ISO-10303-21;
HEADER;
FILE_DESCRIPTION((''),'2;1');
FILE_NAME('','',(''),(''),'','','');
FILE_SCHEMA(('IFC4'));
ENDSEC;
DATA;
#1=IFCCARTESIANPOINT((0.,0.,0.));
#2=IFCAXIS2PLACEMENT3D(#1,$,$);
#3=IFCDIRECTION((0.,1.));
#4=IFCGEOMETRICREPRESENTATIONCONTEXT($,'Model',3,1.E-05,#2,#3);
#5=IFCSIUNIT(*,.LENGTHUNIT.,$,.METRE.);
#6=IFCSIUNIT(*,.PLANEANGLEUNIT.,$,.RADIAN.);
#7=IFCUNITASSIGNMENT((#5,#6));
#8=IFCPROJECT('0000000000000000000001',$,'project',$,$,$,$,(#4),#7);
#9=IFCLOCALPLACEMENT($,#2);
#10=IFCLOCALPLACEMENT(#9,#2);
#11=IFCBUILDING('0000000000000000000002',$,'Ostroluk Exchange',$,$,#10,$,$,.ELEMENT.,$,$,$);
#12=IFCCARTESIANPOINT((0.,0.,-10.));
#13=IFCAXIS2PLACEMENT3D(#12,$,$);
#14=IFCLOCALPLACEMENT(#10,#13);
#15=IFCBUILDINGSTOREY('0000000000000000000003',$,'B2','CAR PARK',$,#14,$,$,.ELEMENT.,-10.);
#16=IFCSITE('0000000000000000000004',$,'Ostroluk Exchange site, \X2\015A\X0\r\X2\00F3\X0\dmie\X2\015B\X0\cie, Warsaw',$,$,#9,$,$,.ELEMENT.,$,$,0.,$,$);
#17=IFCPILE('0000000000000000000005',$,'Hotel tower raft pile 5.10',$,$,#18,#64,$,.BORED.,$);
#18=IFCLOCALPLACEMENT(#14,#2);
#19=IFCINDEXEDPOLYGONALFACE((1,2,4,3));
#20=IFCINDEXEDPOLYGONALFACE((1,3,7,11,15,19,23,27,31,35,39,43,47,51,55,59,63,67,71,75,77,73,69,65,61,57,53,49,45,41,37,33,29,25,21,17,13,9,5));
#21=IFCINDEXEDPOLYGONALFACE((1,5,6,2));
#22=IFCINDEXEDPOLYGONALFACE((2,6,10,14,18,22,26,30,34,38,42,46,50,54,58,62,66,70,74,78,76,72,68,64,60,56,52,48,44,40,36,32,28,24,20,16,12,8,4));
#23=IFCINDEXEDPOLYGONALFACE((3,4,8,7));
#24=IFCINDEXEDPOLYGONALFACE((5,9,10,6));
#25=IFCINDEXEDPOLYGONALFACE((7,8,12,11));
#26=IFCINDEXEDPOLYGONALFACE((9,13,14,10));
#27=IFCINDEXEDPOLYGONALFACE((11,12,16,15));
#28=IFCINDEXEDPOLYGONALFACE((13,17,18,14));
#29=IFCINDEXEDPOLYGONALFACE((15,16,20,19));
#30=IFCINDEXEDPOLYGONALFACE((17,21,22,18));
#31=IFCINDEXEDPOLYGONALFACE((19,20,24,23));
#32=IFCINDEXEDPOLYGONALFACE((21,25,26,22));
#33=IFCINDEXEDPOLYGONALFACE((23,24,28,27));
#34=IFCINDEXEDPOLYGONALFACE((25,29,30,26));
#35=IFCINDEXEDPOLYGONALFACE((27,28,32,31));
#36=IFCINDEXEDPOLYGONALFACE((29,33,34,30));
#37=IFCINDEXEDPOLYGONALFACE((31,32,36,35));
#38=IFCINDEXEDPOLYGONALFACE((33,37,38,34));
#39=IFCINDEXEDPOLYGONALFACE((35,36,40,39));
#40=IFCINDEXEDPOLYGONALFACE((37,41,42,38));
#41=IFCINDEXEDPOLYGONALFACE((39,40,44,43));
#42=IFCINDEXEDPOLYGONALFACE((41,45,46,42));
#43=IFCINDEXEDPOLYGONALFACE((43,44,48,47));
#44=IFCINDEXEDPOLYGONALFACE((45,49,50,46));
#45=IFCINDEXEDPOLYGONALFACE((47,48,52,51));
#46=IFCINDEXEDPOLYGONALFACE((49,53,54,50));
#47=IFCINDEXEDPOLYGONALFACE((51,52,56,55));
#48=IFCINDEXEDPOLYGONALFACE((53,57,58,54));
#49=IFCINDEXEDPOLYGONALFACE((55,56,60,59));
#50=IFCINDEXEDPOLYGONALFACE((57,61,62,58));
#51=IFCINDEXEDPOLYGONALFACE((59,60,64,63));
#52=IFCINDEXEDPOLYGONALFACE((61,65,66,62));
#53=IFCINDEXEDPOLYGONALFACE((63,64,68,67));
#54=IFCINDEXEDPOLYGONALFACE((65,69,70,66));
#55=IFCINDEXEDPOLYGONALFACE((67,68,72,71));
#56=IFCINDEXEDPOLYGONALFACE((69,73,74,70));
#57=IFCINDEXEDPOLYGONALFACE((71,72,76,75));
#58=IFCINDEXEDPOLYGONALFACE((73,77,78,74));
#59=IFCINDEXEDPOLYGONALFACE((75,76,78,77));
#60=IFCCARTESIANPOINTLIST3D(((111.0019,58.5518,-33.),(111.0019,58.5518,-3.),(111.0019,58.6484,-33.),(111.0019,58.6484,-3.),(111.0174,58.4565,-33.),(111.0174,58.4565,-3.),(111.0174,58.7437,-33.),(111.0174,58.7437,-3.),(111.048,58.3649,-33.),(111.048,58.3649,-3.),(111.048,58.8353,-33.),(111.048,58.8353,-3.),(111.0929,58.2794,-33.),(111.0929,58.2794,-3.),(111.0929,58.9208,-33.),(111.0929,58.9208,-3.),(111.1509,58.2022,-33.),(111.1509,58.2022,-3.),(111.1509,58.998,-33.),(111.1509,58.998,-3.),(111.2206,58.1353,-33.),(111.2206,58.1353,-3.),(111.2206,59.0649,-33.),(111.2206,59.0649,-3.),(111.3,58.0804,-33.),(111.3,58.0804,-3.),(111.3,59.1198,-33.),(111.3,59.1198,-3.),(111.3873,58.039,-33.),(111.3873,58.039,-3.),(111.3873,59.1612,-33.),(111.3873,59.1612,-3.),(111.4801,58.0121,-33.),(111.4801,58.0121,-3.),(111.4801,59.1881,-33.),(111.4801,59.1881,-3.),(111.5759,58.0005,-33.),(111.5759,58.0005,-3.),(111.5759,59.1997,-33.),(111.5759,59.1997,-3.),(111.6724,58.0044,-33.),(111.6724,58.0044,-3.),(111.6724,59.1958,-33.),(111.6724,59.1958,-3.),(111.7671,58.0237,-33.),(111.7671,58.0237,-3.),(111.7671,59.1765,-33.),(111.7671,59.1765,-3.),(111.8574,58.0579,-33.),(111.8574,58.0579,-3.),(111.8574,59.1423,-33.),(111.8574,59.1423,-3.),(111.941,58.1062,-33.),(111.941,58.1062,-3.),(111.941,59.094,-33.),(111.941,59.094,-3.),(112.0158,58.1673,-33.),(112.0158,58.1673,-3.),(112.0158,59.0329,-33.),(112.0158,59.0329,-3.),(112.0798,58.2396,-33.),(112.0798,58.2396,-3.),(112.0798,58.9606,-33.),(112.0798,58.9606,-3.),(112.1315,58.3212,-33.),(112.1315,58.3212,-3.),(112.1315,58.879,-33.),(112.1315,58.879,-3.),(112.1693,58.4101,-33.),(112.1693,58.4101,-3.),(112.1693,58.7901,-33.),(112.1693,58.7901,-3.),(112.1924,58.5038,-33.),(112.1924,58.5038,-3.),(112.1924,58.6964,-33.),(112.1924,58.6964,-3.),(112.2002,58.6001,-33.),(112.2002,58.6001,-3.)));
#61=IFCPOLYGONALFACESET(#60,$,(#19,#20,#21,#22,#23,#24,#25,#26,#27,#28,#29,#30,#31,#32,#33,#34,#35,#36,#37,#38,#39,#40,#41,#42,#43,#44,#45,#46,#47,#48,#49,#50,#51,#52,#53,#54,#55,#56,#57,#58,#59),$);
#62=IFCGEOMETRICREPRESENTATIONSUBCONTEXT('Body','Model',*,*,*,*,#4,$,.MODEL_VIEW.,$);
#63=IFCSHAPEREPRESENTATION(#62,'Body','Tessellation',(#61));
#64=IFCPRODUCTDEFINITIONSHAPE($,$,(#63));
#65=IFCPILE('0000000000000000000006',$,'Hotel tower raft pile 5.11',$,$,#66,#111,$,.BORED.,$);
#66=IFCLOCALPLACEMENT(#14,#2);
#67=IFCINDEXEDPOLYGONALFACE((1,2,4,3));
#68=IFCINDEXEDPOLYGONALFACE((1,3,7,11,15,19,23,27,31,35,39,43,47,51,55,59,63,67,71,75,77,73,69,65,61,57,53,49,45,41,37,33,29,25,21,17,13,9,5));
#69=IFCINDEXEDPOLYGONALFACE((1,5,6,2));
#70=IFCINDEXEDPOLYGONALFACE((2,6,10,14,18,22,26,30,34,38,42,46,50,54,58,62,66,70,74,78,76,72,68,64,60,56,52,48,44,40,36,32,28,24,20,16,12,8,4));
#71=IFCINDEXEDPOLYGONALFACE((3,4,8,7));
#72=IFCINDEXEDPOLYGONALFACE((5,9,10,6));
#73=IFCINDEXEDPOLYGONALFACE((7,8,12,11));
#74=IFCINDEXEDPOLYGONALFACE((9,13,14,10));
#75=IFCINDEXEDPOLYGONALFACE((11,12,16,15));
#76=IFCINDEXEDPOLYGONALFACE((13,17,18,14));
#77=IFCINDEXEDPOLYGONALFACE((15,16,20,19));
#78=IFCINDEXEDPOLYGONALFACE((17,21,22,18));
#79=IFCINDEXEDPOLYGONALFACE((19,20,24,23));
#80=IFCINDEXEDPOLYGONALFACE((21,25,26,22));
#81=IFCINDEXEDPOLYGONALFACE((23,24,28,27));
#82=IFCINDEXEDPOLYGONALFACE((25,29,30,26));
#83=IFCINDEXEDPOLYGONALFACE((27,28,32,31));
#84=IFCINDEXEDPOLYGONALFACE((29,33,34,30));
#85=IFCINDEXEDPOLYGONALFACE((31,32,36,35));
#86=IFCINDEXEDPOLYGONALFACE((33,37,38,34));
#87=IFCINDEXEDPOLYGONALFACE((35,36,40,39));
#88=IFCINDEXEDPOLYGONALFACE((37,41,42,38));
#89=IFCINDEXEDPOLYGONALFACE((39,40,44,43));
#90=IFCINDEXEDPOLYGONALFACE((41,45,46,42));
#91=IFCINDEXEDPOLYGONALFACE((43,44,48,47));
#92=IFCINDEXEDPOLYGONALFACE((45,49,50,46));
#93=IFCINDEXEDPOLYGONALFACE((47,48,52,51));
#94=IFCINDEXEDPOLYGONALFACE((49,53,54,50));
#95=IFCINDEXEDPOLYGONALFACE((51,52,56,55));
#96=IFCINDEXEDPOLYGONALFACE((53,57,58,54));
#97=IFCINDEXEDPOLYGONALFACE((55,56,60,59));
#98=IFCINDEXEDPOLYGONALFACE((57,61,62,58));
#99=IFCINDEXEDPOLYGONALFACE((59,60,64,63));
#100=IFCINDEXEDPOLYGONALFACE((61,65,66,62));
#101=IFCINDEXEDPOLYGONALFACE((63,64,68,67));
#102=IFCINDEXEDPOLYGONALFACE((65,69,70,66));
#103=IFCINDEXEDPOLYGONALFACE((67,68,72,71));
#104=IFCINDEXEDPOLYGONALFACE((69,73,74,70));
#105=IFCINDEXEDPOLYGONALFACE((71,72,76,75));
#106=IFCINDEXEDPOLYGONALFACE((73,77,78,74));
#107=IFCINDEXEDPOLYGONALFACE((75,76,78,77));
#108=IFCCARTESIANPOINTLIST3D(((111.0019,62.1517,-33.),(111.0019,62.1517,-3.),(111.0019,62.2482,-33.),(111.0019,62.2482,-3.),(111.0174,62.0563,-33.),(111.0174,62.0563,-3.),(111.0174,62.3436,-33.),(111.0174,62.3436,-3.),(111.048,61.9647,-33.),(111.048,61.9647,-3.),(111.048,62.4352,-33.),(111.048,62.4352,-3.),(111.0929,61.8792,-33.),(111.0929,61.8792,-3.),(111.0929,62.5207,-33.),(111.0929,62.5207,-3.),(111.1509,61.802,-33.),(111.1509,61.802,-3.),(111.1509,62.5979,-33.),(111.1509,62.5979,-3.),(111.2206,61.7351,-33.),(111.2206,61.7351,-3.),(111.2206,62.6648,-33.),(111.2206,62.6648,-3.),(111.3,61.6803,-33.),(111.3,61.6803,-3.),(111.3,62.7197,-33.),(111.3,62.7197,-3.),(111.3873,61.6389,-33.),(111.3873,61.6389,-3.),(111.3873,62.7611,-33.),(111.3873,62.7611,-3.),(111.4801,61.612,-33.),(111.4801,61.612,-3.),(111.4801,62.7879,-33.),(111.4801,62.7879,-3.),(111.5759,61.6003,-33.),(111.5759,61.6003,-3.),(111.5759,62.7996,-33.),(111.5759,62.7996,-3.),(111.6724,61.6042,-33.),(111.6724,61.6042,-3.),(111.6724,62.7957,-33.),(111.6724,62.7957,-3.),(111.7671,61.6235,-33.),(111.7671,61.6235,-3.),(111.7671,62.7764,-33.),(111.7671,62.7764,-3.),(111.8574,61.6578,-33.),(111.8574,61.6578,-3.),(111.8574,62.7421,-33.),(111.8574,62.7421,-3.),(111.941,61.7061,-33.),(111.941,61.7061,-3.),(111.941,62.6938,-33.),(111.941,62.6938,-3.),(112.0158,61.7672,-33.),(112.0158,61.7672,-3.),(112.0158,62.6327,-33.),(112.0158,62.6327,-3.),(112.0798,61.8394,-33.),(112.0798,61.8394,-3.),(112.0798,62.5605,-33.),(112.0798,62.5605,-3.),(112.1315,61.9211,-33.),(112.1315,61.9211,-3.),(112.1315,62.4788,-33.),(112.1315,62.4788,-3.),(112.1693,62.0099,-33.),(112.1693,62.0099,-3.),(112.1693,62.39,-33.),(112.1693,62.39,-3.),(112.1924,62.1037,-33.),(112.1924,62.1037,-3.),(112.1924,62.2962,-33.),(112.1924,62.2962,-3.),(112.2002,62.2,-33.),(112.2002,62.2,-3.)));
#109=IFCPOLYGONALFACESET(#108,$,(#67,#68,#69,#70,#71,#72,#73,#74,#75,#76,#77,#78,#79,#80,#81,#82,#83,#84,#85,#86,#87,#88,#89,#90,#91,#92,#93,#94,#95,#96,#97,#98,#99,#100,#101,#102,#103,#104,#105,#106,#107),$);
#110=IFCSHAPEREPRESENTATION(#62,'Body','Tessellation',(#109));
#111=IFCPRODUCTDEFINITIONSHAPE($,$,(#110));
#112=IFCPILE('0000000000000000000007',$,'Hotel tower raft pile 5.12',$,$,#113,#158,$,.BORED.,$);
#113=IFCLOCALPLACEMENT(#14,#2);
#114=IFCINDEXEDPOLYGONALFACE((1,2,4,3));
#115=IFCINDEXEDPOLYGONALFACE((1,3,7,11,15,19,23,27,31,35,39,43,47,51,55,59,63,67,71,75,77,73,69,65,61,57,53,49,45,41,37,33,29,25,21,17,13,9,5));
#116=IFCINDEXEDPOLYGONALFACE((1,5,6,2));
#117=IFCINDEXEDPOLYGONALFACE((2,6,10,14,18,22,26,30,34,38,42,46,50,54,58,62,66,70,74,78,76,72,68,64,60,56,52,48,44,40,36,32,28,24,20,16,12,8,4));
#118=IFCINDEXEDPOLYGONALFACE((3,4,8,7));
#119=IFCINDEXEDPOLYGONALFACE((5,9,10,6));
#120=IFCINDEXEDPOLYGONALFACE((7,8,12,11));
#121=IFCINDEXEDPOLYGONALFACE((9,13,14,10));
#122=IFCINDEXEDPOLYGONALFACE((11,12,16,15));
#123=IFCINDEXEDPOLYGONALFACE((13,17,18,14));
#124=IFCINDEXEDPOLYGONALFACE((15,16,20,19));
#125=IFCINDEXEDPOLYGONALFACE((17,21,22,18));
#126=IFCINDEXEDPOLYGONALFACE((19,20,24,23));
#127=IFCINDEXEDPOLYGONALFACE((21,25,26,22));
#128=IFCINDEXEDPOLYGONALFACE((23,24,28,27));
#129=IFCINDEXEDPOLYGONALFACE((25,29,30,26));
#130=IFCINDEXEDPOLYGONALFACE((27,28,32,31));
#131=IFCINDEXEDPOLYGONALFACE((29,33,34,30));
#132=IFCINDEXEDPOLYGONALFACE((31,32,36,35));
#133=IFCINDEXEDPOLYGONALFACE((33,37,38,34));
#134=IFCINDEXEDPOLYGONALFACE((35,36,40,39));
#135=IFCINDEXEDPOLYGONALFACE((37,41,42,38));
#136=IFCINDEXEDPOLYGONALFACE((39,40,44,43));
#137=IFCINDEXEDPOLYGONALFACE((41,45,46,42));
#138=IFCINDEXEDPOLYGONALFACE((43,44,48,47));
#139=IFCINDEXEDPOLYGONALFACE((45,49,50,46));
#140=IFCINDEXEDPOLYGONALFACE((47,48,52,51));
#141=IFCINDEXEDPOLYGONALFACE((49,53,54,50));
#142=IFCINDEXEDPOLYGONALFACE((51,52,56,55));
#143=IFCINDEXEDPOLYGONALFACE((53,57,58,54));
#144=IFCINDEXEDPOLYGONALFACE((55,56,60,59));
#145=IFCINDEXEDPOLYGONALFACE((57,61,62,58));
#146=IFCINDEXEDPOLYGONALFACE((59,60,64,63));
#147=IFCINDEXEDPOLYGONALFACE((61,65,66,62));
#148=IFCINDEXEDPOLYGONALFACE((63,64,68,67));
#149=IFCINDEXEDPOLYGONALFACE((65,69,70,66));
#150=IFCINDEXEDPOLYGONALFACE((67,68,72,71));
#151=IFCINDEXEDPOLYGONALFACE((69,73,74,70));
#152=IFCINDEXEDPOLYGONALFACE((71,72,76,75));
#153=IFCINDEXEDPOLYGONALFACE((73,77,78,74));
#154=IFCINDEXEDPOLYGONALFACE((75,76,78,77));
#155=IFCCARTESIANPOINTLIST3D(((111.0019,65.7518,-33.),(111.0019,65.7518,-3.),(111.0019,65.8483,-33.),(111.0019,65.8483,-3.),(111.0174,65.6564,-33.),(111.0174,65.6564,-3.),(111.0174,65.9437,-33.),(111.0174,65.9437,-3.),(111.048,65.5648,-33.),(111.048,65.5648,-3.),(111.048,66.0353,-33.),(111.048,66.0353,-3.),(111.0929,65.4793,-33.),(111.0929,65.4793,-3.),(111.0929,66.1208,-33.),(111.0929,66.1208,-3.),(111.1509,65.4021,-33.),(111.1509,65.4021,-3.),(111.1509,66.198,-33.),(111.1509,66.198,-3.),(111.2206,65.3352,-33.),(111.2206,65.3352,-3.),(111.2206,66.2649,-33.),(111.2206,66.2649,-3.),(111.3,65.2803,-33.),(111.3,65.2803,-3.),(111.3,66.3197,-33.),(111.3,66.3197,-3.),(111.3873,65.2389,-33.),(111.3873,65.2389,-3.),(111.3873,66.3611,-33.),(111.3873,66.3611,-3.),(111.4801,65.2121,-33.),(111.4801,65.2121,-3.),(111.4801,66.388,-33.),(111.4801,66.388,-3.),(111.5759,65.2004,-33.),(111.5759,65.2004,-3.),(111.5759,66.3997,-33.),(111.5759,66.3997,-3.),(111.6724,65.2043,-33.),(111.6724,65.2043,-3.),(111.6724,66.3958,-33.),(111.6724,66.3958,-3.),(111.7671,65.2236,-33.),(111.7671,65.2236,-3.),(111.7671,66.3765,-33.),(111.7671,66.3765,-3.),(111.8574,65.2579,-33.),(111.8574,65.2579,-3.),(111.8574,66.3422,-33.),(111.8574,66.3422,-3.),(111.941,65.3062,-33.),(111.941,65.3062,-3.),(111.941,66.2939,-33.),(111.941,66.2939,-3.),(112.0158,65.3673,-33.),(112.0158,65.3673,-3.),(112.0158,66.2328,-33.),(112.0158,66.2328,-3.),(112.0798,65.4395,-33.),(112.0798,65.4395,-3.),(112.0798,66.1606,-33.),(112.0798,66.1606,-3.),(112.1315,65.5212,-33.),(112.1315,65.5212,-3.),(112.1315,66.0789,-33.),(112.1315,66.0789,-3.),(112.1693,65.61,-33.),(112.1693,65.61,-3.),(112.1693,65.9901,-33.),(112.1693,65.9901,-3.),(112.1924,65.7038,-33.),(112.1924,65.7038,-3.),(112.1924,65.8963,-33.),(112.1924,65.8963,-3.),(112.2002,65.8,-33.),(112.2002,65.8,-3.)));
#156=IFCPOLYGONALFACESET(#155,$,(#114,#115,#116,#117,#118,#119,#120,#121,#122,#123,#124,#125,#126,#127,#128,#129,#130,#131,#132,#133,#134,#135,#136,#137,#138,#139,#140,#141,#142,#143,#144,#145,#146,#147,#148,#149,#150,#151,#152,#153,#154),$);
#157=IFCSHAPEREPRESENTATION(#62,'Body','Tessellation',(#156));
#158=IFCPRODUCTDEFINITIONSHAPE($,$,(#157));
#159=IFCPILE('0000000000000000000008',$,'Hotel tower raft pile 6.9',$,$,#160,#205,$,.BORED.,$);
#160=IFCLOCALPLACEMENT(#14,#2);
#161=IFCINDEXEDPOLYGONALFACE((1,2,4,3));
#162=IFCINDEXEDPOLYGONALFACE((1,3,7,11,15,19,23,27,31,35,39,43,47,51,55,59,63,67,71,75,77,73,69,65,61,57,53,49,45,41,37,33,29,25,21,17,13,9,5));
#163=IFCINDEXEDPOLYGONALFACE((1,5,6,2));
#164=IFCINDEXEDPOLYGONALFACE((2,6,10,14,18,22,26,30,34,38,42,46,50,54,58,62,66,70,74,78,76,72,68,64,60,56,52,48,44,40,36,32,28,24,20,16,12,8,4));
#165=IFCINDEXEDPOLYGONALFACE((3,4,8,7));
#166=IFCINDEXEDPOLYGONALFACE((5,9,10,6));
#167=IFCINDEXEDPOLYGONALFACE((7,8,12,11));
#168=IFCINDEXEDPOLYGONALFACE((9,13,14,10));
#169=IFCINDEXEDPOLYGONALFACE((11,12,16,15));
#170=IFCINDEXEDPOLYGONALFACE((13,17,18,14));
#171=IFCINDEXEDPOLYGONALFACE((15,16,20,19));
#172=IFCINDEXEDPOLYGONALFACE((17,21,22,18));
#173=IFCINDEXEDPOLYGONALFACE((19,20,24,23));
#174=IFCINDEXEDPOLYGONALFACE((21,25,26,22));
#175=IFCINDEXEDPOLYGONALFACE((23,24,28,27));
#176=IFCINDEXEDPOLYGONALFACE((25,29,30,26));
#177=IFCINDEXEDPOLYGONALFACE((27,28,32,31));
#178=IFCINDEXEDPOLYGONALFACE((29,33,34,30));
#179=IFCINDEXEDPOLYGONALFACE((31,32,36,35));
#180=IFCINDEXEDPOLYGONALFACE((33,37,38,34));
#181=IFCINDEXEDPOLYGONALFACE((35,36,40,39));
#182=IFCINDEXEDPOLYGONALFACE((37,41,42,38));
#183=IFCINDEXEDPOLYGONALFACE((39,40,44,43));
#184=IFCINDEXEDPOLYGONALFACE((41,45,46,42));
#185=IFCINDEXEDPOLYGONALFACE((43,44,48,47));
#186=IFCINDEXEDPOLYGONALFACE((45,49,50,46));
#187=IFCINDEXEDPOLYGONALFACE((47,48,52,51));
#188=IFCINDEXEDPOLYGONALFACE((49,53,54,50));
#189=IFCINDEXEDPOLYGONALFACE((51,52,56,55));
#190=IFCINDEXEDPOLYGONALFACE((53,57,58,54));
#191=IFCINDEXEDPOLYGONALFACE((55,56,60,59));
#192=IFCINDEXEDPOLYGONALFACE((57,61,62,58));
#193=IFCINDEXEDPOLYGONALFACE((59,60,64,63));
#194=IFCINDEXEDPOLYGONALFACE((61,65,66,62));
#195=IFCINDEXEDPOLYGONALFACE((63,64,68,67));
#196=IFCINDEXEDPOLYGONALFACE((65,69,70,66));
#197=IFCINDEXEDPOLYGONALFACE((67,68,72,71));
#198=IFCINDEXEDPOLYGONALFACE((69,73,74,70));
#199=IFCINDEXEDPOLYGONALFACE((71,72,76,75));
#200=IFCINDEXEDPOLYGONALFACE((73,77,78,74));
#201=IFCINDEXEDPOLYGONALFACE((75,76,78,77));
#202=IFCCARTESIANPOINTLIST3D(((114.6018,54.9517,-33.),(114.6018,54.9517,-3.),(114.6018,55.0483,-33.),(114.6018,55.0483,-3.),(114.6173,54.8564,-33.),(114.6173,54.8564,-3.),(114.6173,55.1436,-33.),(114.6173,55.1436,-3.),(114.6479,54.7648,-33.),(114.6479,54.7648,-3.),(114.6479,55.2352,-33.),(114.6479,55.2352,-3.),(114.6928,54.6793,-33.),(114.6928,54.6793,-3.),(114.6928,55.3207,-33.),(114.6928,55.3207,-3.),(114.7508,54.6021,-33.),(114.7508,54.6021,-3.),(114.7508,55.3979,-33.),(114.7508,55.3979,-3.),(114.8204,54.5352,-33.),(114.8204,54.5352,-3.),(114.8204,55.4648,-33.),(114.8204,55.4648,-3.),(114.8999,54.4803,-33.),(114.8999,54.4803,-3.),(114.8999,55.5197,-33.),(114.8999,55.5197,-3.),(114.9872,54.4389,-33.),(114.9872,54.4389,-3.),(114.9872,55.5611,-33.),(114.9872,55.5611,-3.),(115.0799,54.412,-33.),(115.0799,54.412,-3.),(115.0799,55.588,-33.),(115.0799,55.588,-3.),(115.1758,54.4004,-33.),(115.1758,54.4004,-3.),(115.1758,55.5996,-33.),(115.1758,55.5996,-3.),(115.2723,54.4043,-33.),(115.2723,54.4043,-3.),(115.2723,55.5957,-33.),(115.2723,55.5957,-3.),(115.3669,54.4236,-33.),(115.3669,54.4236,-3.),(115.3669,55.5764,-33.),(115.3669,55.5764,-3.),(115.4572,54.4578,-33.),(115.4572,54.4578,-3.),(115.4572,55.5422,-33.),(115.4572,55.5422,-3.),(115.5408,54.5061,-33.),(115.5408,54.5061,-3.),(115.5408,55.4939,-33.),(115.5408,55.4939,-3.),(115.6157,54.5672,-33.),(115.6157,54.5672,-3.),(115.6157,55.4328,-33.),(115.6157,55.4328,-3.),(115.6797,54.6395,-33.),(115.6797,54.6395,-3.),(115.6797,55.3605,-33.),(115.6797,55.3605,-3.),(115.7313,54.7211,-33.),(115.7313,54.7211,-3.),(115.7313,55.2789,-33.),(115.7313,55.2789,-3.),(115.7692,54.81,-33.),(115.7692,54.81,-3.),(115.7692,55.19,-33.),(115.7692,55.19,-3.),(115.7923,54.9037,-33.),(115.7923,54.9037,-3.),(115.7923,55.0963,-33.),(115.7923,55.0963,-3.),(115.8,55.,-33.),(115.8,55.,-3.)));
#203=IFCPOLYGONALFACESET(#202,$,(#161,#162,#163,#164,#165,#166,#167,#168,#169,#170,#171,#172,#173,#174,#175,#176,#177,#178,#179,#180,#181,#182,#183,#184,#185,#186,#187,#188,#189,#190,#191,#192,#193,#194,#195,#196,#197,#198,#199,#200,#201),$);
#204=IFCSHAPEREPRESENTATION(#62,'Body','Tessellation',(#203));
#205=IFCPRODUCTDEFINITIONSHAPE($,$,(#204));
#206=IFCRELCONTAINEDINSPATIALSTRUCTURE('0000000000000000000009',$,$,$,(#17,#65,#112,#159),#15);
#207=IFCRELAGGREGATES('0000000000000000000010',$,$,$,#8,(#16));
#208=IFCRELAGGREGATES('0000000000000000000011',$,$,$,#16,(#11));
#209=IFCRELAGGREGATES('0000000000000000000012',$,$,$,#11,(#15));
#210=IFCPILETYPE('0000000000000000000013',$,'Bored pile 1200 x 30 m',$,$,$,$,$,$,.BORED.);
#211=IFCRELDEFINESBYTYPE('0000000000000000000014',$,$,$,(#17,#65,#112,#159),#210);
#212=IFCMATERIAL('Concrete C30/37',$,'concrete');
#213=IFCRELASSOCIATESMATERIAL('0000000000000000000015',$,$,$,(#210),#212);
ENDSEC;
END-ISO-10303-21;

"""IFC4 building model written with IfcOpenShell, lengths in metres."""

from ifc_helpers import new_model, si_unit, direction, frame, origin, origin_2d, place, context, subcontext, project, spatial, circle, extrude, material, type_object, element, save


model = new_model("IFC4")

# Units and contexts
model_context = context("Model", 3, precision=1e-05, world=origin(), true_north=direction((0.0, 1.0)))
body_context = subcontext(model_context, "Body", "Model", "MODEL_VIEW")
ifc_project = project(units=[si_unit("LENGTHUNIT", "METRE"), si_unit("PLANEANGLEUNIT", "RADIAN")], contexts=[model_context])

# Site, building, storey
site_placement = place(None, origin())
site = spatial("IfcSite", under=ifc_project, at=site_placement, Name="Ostroluk Exchange site, Śródmieście, Warsaw", CompositionType="ELEMENT", RefElevation=0.0)
building_placement = place(site_placement, origin())
building = spatial("IfcBuilding", under=site, at=building_placement, Name="Ostroluk Exchange", CompositionType="ELEMENT")
storey_placement = place(building_placement, frame((0.0, 0.0, -10.0)))
storey = spatial("IfcBuildingStorey", under=building, at=storey_placement, Name="B2", Description="CAR PARK", CompositionType="ELEMENT", Elevation=-10.0)

# Piles
ifc_material_1 = material(Name="Concrete C30/37", Category="concrete")
pile_type_1 = type_object("IfcPileType", Name="Bored pile 1200 x 30 m", PredefinedType="BORED", material=ifc_material_1)
for number, where, z_axis, x_axis, name in (
    (1, (111.6001, 58.6001, -3.0), (0.0, 0.0, -1.0), (1.0, 0.0, 0.0), "Hotel tower raft pile 5.10"),
    (2, (111.6001, 62.2, -3.0), (0.0, 0.0, -1.0), (1.0, 0.0, 0.0), "Hotel tower raft pile 5.11"),
    (3, (111.6001, 65.8, -3.0), (0.0, 0.0, -1.0), (1.0, 0.0, 0.0), "Hotel tower raft pile 5.12"),
    (4, (115.2, 55.0, -3.0), (0.0, 0.0, -1.0), (1.0, 0.0, 0.0), "Hotel tower raft pile 6.9"),
):
    element("IfcPile", number, at=place(storey_placement, frame(where, z_axis=z_axis, x_axis=x_axis)), inside=storey, type_object=pile_type_1, Name=name, PredefinedType="BORED", context=body_context, shape_type="SweptSolid", body=[
        extrude(circle(Radius=0.6001, at=origin_2d()), origin(), (0.0, 0.0, 1.0), 30.0),
    ])

save(model, "model.ifc")
